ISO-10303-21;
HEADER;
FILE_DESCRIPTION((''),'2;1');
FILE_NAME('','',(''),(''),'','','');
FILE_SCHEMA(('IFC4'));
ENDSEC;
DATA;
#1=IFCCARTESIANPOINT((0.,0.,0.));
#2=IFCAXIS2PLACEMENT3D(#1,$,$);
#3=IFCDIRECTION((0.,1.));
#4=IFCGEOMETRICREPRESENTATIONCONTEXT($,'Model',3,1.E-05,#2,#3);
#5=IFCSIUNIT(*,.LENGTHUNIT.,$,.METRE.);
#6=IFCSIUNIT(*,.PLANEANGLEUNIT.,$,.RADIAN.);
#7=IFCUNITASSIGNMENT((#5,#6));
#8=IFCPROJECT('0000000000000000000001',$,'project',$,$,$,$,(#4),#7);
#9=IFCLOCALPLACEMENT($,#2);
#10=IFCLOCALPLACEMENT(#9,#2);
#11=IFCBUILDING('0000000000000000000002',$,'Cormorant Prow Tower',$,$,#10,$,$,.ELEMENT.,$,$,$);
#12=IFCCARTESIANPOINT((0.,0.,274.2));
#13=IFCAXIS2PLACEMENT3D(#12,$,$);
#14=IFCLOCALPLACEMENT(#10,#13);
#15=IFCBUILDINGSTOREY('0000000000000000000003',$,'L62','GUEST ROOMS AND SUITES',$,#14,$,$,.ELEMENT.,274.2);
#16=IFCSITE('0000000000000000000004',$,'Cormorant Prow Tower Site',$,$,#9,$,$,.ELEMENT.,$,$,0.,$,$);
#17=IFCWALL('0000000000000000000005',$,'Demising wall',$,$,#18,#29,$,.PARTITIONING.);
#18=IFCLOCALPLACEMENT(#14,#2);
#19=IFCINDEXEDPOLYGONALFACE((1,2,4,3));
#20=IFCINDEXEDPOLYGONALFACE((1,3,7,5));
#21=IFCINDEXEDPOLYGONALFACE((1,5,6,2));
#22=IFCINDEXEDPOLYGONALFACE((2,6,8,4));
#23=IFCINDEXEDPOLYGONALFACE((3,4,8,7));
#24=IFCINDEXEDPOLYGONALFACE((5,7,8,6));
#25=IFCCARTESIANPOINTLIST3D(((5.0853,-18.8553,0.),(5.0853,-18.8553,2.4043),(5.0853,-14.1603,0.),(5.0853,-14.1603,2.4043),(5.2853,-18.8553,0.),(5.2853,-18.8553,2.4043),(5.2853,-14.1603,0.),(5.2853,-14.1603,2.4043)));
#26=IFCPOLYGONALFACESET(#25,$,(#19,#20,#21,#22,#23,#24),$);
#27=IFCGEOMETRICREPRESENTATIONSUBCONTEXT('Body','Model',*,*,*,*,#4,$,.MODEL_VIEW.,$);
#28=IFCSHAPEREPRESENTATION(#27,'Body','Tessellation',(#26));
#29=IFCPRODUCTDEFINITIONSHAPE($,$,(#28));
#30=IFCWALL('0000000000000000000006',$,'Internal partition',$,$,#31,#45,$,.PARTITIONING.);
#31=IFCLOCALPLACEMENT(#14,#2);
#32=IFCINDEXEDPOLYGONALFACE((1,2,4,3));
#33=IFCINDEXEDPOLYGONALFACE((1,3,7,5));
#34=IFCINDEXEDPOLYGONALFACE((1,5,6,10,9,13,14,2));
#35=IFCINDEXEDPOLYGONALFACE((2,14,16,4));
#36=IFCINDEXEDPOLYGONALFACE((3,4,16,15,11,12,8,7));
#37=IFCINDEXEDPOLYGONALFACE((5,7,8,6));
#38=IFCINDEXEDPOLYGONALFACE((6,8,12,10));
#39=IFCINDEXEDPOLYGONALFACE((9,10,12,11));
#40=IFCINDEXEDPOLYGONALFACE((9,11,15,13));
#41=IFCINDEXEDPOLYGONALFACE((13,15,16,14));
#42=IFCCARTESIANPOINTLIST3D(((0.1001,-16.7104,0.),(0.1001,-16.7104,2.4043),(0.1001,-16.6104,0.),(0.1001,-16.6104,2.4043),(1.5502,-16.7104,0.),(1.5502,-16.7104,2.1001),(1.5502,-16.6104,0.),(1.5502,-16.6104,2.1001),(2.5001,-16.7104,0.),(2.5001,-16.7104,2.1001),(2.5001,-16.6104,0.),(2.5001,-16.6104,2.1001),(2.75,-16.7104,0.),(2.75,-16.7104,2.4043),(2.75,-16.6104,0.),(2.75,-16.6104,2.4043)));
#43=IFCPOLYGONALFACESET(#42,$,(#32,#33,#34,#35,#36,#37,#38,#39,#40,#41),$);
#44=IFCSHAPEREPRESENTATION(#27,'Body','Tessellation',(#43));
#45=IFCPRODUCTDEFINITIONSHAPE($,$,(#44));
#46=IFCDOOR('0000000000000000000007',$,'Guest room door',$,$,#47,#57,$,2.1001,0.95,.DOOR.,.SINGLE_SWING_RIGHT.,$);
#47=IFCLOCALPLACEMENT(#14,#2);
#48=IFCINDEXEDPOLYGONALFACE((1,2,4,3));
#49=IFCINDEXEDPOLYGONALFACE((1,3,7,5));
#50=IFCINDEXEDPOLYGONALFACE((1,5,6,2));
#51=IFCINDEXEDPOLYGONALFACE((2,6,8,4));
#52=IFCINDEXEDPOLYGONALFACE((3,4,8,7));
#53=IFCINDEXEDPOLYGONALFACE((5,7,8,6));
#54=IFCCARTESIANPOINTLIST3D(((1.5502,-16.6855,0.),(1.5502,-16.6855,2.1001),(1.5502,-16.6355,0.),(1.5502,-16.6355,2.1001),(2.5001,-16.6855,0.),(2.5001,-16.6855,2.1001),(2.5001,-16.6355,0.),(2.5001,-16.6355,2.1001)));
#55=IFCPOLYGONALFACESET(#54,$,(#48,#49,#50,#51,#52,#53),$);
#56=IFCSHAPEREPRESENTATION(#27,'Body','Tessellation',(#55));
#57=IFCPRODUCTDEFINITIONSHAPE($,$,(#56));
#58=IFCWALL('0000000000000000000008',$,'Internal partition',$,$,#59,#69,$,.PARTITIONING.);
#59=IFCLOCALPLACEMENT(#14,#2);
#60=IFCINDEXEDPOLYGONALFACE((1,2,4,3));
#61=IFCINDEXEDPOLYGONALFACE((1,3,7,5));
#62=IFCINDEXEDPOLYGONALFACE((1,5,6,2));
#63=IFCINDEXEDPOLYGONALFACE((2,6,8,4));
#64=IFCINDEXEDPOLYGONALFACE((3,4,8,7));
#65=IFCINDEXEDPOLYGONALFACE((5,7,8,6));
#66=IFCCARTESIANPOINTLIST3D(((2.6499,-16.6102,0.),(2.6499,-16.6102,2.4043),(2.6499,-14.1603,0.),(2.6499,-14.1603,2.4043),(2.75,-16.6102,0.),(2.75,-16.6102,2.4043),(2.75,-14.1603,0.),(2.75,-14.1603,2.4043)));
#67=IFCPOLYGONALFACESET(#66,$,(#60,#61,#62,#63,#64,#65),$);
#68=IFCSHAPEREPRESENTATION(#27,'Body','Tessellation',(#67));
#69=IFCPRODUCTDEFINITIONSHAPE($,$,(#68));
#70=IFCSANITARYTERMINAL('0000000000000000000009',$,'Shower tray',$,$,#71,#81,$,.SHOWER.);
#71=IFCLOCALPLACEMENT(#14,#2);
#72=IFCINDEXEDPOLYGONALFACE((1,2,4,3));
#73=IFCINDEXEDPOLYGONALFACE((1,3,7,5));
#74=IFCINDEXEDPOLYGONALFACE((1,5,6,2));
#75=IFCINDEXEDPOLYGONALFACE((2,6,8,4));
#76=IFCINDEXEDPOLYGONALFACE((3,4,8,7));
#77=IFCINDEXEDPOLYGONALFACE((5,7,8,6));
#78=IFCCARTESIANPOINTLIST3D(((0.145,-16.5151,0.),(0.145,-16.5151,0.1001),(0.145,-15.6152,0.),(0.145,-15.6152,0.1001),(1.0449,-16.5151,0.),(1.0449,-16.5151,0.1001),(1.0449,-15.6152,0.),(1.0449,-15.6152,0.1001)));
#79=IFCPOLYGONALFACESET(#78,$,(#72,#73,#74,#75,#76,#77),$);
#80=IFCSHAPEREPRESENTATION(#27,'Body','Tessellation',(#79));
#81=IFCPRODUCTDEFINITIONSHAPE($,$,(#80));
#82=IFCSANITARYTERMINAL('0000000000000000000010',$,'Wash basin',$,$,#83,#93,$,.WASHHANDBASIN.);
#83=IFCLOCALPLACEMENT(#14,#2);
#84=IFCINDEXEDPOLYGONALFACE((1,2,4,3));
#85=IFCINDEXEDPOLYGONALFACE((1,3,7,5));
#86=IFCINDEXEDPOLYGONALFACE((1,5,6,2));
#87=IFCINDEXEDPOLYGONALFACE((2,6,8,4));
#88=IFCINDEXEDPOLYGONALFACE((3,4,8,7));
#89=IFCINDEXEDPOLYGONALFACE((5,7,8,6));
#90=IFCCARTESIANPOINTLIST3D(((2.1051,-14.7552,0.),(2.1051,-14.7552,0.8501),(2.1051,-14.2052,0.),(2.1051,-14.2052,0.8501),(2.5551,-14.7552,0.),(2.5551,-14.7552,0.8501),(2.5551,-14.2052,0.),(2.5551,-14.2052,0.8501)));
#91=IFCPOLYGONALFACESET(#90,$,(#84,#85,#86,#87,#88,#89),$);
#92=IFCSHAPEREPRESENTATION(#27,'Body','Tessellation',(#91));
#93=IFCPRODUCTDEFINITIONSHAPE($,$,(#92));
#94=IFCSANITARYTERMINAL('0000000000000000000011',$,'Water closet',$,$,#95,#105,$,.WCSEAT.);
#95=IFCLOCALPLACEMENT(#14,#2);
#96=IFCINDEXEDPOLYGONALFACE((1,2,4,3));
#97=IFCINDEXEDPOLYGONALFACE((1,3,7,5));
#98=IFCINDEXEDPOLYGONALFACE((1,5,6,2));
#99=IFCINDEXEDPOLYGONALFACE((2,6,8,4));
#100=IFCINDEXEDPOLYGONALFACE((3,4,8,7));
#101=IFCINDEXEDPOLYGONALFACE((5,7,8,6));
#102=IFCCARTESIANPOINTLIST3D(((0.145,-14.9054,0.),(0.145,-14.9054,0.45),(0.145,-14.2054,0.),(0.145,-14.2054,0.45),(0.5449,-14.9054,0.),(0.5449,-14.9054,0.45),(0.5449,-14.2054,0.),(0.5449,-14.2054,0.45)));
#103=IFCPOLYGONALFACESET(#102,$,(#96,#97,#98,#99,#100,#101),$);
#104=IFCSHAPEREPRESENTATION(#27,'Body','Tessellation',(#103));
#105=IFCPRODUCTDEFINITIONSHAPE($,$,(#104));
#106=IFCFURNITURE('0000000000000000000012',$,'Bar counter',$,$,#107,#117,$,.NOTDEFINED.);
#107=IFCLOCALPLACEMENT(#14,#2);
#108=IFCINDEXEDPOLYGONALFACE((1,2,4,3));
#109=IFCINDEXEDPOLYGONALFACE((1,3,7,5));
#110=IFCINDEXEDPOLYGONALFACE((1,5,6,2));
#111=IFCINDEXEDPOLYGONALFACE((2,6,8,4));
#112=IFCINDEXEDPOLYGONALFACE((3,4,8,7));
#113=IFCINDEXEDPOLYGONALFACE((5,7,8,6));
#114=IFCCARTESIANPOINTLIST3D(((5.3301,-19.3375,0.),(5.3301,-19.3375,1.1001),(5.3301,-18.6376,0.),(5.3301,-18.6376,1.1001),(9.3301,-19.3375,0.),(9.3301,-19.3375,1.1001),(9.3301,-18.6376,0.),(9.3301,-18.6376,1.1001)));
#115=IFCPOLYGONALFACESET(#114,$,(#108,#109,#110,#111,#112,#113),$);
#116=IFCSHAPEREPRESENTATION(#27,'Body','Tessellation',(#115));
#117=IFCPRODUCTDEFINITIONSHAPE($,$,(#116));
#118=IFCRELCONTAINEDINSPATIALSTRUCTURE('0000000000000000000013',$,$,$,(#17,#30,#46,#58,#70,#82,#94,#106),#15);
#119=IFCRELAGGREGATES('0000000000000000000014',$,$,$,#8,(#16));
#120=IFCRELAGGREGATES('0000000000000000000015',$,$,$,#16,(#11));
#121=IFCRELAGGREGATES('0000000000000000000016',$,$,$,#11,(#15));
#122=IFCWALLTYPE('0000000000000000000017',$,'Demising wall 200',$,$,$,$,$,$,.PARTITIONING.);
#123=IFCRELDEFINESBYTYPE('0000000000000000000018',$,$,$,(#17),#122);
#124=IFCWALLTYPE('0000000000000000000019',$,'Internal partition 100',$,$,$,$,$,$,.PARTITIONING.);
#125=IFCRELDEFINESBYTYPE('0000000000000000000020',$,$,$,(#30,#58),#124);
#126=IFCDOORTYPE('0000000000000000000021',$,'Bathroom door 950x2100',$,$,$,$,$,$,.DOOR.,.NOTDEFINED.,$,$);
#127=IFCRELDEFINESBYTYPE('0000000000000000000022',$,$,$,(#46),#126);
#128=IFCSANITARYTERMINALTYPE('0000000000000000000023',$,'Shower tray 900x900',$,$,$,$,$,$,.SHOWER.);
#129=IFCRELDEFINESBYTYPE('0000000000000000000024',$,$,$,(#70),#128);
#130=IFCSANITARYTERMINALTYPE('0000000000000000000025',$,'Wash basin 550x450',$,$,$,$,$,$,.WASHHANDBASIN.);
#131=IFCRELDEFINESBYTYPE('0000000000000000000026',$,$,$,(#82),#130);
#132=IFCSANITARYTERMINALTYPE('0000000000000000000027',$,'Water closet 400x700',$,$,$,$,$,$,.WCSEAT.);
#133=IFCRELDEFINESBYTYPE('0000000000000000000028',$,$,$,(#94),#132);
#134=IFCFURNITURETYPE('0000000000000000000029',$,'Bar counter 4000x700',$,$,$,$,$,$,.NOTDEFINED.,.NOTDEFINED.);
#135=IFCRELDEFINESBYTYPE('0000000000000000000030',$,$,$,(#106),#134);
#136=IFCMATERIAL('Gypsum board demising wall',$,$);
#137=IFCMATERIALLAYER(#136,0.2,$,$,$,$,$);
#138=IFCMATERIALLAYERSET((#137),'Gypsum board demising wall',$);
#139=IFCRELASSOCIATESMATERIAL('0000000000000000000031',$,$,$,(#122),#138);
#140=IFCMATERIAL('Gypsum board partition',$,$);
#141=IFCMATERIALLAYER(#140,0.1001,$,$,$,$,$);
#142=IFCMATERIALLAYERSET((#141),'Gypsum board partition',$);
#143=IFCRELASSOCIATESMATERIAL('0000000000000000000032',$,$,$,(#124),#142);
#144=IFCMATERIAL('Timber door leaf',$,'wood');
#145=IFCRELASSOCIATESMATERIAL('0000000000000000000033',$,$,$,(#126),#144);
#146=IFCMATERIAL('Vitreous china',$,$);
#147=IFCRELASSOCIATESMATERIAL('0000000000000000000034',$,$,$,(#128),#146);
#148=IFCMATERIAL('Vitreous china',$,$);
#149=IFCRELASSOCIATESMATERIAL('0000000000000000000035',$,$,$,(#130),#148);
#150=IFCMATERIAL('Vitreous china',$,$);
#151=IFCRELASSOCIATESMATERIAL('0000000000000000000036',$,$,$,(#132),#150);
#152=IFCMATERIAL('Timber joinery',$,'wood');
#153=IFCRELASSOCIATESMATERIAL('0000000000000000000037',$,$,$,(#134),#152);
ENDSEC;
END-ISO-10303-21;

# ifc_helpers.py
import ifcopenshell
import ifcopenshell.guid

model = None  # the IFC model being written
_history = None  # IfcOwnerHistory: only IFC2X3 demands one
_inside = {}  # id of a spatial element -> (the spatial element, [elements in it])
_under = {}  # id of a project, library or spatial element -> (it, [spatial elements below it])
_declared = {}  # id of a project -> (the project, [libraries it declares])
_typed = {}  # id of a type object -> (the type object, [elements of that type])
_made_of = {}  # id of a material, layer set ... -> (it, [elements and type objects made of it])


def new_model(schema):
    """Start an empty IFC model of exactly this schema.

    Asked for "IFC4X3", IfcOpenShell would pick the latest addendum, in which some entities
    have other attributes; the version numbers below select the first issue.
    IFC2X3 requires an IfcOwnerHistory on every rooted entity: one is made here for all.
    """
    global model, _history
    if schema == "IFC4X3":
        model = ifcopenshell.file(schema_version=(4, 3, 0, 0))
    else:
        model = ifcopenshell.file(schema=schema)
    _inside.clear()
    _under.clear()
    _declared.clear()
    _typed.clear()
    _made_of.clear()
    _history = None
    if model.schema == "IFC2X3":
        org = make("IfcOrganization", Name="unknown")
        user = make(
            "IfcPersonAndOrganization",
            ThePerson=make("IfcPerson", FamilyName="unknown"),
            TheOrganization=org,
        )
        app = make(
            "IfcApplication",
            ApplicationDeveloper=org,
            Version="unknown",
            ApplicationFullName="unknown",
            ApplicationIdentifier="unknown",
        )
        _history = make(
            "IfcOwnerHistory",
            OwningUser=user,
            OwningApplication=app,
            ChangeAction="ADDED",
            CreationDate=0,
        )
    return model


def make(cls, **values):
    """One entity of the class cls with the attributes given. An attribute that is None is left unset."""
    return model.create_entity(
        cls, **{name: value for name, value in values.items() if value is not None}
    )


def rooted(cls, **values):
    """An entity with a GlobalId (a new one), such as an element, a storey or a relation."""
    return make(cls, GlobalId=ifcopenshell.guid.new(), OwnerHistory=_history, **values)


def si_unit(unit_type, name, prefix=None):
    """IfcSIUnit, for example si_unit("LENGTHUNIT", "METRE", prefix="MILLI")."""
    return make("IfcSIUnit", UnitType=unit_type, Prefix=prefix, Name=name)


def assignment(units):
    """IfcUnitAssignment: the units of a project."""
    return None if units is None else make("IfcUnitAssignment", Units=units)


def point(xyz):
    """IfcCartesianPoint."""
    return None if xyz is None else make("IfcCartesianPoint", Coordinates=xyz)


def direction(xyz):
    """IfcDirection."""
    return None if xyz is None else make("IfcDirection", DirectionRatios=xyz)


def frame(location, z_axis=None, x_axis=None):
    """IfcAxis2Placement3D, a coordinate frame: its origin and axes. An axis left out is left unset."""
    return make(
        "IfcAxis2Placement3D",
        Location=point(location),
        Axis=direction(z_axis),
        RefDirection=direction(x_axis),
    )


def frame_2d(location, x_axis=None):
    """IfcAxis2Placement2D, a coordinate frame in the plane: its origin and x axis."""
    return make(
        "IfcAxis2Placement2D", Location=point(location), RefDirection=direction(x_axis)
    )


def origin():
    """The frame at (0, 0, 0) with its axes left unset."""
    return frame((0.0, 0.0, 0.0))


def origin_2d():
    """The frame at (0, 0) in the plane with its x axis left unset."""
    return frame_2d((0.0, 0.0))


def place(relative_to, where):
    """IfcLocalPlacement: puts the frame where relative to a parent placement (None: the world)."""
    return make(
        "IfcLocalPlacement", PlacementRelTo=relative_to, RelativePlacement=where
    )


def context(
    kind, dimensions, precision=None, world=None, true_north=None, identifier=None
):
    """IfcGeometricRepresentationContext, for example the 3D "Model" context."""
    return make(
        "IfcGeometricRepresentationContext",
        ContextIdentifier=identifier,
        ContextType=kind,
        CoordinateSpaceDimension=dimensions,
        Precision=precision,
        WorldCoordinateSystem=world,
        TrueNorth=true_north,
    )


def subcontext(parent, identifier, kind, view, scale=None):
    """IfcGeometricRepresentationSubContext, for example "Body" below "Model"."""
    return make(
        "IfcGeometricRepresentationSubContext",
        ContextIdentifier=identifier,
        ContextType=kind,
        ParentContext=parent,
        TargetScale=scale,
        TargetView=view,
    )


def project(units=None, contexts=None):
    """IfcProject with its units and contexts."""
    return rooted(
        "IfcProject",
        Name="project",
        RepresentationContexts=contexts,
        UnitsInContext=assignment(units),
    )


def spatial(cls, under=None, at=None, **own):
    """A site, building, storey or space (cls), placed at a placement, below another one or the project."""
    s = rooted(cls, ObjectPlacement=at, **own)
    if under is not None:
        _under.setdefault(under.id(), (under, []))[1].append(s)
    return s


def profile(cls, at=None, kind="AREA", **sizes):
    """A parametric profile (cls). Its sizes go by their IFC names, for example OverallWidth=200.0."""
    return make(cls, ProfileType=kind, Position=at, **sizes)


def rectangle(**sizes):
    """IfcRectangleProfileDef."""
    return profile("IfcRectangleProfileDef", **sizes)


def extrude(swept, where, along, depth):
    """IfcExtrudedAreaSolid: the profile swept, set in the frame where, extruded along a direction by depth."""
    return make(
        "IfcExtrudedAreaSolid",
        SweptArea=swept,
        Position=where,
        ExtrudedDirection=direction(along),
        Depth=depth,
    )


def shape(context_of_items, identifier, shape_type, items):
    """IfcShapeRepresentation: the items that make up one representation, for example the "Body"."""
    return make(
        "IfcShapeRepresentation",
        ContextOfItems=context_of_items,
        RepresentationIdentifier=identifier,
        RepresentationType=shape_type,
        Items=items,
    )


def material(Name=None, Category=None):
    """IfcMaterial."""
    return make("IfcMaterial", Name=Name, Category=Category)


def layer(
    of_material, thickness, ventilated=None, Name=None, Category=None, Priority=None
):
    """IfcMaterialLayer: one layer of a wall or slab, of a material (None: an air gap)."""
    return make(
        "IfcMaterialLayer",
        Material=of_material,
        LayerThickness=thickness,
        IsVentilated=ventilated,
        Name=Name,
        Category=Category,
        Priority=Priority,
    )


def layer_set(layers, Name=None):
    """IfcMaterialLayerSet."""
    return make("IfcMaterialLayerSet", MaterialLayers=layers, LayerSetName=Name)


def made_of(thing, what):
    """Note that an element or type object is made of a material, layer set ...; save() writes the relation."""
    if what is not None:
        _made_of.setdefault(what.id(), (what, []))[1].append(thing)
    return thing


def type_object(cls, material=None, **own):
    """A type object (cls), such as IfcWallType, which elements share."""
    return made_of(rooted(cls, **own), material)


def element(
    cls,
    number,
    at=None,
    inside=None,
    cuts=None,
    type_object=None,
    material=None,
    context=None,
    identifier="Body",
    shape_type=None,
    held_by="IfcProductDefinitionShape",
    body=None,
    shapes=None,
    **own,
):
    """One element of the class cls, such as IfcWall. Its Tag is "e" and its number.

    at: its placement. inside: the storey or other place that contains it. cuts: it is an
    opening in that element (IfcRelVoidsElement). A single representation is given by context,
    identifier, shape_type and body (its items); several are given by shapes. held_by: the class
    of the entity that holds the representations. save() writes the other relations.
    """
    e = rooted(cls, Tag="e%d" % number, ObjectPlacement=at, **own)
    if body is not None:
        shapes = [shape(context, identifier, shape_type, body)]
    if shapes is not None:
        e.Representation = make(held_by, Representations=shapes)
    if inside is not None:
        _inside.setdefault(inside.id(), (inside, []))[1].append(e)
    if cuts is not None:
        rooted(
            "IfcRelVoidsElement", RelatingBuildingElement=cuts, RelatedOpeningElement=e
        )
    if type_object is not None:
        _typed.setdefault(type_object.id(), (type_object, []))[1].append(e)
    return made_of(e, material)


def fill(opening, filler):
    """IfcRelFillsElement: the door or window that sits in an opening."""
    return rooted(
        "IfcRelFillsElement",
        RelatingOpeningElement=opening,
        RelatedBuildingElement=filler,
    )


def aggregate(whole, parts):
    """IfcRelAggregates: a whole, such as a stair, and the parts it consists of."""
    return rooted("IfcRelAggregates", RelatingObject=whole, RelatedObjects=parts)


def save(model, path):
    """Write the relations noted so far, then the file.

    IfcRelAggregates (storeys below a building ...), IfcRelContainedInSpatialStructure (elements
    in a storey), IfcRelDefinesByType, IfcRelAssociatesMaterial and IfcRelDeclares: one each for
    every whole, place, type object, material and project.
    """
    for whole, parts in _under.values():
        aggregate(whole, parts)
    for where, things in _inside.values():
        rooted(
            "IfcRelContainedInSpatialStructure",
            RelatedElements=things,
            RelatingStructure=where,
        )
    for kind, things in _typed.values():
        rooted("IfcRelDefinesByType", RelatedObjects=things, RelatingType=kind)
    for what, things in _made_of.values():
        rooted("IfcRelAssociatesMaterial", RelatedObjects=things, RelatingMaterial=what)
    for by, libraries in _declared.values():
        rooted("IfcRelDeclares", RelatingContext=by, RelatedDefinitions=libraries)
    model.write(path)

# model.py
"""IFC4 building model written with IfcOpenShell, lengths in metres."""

from ifc_helpers import new_model, si_unit, direction, frame, frame_2d, origin, origin_2d, place, context, subcontext, project, spatial, rectangle, extrude, material, layer, layer_set, type_object, element, fill, save


model = new_model("IFC4")

# Units and contexts
model_context = context("Model", 3, precision=1e-05, world=origin(), true_north=direction((0.0, 1.0)))
body_context = subcontext(model_context, "Body", "Model", "MODEL_VIEW")
ifc_project = project(units=[si_unit("LENGTHUNIT", "METRE"), si_unit("PLANEANGLEUNIT", "RADIAN")], contexts=[model_context])

# Site, building, storey
site_placement = place(None, origin())
site = spatial("IfcSite", under=ifc_project, at=site_placement, Name="Cormorant Prow Tower Site", CompositionType="ELEMENT", RefElevation=0.0)
building_placement = place(site_placement, origin())
building = spatial("IfcBuilding", under=site, at=building_placement, Name="Cormorant Prow Tower", CompositionType="ELEMENT")
storey_placement = place(building_placement, frame((0.0, 0.0, 274.2)))
storey = spatial("IfcBuildingStorey", under=building, at=storey_placement, Name="L62", Description="GUEST ROOMS AND SUITES", CompositionType="ELEMENT", Elevation=274.2)

# Wall
ifc_material_1 = material(Name="Gypsum board demising wall")
ifc_layer_1 = layer(ifc_material_1, 0.2)
ifc_layer_set_1 = layer_set([ifc_layer_1], Name="Gypsum board demising wall")
wall_type_1 = type_object("IfcWallType", Name="Demising wall 200", PredefinedType="PARTITIONING", material=ifc_layer_set_1)
wall_1_placement = place(storey_placement, frame((5.1853, -18.8555, 0.0), z_axis=(0.0, 0.0, 1.0), x_axis=(0.0, 1.0, 0.0)))
element("IfcWall", 1, at=wall_1_placement, inside=storey, type_object=wall_type_1, Name="Demising wall", PredefinedType="PARTITIONING", context=body_context, shape_type="SweptSolid", body=[
    extrude(rectangle(XDim=4.6951, YDim=0.2, at=frame_2d((2.3477, 0.0))), origin(), (0.0, 0.0, 1.0), 2.4043),
])

# Wall, opening, door
ifc_material_2 = material(Name="Gypsum board partition")
ifc_layer_2 = layer(ifc_material_2, 0.1001)
ifc_layer_set_2 = layer_set([ifc_layer_2], Name="Gypsum board partition")
wall_type_2 = type_object("IfcWallType", Name="Internal partition 100", PredefinedType="PARTITIONING", material=ifc_layer_set_2)
wall_2_placement = place(storey_placement, frame((0.1001, -16.6604, 0.0), z_axis=(0.0, 0.0, 1.0), x_axis=(1.0, 0.0, 0.0)))
wall_2 = element("IfcWall", 2, at=wall_2_placement, inside=storey, type_object=wall_type_2, Name="Internal partition", PredefinedType="PARTITIONING", context=body_context, shape_type="SweptSolid", body=[
    extrude(rectangle(XDim=2.6499, YDim=0.1001, at=frame_2d((1.325, 0.0))), origin(), (0.0, 0.0, 1.0), 2.4043),
])
opening_1_placement = place(wall_2_placement, frame((1.45, 0.0, 0.0)))
opening_1 = element("IfcOpeningElement", 3, at=opening_1_placement, cuts=wall_2, PredefinedType="OPENING", context=body_context, shape_type="SweptSolid", body=[
    extrude(rectangle(XDim=0.95, YDim=2.1001, at=frame_2d((0.4751, 1.05))), frame((0.0, 0.0601, 0.0), z_axis=(0.0, -1.0, 0.0), x_axis=(1.0, 0.0, 0.0)), (0.0, 0.0, 1.0), 0.1201),
])
ifc_material_3 = material(Name="Timber door leaf", Category="wood")
door_type_1 = type_object("IfcDoorType", Name="Bathroom door 950x2100", OperationType="NOTDEFINED", PredefinedType="DOOR", material=ifc_material_3)
door_1_placement = place(opening_1_placement, origin())
door_1 = element("IfcDoor", 4, at=door_1_placement, inside=storey, type_object=door_type_1, Name="Guest room door", OperationType="SINGLE_SWING_RIGHT", OverallHeight=2.1001, OverallWidth=0.95, PredefinedType="DOOR", context=body_context, shape_type="SweptSolid", body=[
    extrude(rectangle(XDim=0.95, YDim=2.1001, at=frame_2d((0.4751, 1.05))), frame((0.0, 0.0249, 0.0), z_axis=(0.0, -1.0, 0.0), x_axis=(1.0, 0.0, 0.0)), (0.0, 0.0, 1.0), 0.05),
])
fill(opening_1, door_1)

# Wall
wall_3_placement = place(storey_placement, frame((2.7, -16.6104, 0.0), z_axis=(0.0, 0.0, 1.0), x_axis=(0.0, 1.0, 0.0)))
element("IfcWall", 5, at=wall_3_placement, inside=storey, type_object=wall_type_2, Name="Internal partition", PredefinedType="PARTITIONING", context=body_context, shape_type="SweptSolid", body=[
    extrude(rectangle(XDim=2.45, YDim=0.1001, at=frame_2d((1.2251, 0.0))), origin(), (0.0, 0.0, 1.0), 2.4043),
])

# Sanitary terminals
ifc_material_4 = material(Name="Vitreous china")
sanitary_terminal_type_1 = type_object("IfcSanitaryTerminalType", Name="Shower tray 900x900", PredefinedType="SHOWER", material=ifc_material_4)
sanitary_terminal_1_placement = place(storey_placement, frame((0.595, -16.0652, 0.0), z_axis=(0.0, 0.0, 1.0), x_axis=(0.0, 1.0, 0.0)))
element("IfcSanitaryTerminal", 6, at=sanitary_terminal_1_placement, inside=storey, type_object=sanitary_terminal_type_1, Name="Shower tray", PredefinedType="SHOWER", context=body_context, shape_type="SweptSolid", body=[
    extrude(rectangle(XDim=0.8999, YDim=0.8999, at=origin_2d()), origin(), (0.0, 0.0, 1.0), 0.1001),
])
ifc_material_5 = material(Name="Vitreous china")
sanitary_terminal_type_2 = type_object("IfcSanitaryTerminalType", Name="Wash basin 550x450", PredefinedType="WASHHANDBASIN", material=ifc_material_5)
sanitary_terminal_2_placement = place(storey_placement, frame((2.3301, -14.4802, 0.0), z_axis=(0.0, 0.0, 1.0), x_axis=(0.0, -1.0, 0.0)))
element("IfcSanitaryTerminal", 7, at=sanitary_terminal_2_placement, inside=storey, type_object=sanitary_terminal_type_2, Name="Wash basin", PredefinedType="WASHHANDBASIN", context=body_context, shape_type="SweptSolid", body=[
    extrude(rectangle(XDim=0.55, YDim=0.45, at=origin_2d()), origin(), (0.0, 0.0, 1.0), 0.8501),
])
ifc_material_6 = material(Name="Vitreous china")
sanitary_terminal_type_3 = type_object("IfcSanitaryTerminalType", Name="Water closet 400x700", PredefinedType="WCSEAT", material=ifc_material_6)
sanitary_terminal_3_placement = place(storey_placement, frame((0.345, -14.5554, 0.0), z_axis=(0.0, 0.0, 1.0), x_axis=(1.0, 0.0, 0.0)))
element("IfcSanitaryTerminal", 8, at=sanitary_terminal_3_placement, inside=storey, type_object=sanitary_terminal_type_3, Name="Water closet", PredefinedType="WCSEAT", context=body_context, shape_type="SweptSolid", body=[
    extrude(rectangle(XDim=0.3999, YDim=0.7, at=origin_2d()), origin(), (0.0, 0.0, 1.0), 0.45),
])

# Furniture
ifc_material_7 = material(Name="Timber joinery", Category="wood")
furniture_type = type_object("IfcFurnitureType", Name="Bar counter 4000x700", AssemblyPlace="NOTDEFINED", PredefinedType="NOTDEFINED", material=ifc_material_7)
furniture_placement = place(storey_placement, frame((7.3301, -18.9875, 0.0), z_axis=(0.0, 0.0, 1.0), x_axis=(1.0, 0.0, 0.0)))
element("IfcFurniture", 9, at=furniture_placement, inside=storey, type_object=furniture_type, Name="Bar counter", PredefinedType="NOTDEFINED", context=body_context, shape_type="SweptSolid", body=[
    extrude(rectangle(XDim=4.0, YDim=0.7, at=origin_2d()), origin(), (0.0, 0.0, 1.0), 1.1001),
])

save(model, "model.ifc")
